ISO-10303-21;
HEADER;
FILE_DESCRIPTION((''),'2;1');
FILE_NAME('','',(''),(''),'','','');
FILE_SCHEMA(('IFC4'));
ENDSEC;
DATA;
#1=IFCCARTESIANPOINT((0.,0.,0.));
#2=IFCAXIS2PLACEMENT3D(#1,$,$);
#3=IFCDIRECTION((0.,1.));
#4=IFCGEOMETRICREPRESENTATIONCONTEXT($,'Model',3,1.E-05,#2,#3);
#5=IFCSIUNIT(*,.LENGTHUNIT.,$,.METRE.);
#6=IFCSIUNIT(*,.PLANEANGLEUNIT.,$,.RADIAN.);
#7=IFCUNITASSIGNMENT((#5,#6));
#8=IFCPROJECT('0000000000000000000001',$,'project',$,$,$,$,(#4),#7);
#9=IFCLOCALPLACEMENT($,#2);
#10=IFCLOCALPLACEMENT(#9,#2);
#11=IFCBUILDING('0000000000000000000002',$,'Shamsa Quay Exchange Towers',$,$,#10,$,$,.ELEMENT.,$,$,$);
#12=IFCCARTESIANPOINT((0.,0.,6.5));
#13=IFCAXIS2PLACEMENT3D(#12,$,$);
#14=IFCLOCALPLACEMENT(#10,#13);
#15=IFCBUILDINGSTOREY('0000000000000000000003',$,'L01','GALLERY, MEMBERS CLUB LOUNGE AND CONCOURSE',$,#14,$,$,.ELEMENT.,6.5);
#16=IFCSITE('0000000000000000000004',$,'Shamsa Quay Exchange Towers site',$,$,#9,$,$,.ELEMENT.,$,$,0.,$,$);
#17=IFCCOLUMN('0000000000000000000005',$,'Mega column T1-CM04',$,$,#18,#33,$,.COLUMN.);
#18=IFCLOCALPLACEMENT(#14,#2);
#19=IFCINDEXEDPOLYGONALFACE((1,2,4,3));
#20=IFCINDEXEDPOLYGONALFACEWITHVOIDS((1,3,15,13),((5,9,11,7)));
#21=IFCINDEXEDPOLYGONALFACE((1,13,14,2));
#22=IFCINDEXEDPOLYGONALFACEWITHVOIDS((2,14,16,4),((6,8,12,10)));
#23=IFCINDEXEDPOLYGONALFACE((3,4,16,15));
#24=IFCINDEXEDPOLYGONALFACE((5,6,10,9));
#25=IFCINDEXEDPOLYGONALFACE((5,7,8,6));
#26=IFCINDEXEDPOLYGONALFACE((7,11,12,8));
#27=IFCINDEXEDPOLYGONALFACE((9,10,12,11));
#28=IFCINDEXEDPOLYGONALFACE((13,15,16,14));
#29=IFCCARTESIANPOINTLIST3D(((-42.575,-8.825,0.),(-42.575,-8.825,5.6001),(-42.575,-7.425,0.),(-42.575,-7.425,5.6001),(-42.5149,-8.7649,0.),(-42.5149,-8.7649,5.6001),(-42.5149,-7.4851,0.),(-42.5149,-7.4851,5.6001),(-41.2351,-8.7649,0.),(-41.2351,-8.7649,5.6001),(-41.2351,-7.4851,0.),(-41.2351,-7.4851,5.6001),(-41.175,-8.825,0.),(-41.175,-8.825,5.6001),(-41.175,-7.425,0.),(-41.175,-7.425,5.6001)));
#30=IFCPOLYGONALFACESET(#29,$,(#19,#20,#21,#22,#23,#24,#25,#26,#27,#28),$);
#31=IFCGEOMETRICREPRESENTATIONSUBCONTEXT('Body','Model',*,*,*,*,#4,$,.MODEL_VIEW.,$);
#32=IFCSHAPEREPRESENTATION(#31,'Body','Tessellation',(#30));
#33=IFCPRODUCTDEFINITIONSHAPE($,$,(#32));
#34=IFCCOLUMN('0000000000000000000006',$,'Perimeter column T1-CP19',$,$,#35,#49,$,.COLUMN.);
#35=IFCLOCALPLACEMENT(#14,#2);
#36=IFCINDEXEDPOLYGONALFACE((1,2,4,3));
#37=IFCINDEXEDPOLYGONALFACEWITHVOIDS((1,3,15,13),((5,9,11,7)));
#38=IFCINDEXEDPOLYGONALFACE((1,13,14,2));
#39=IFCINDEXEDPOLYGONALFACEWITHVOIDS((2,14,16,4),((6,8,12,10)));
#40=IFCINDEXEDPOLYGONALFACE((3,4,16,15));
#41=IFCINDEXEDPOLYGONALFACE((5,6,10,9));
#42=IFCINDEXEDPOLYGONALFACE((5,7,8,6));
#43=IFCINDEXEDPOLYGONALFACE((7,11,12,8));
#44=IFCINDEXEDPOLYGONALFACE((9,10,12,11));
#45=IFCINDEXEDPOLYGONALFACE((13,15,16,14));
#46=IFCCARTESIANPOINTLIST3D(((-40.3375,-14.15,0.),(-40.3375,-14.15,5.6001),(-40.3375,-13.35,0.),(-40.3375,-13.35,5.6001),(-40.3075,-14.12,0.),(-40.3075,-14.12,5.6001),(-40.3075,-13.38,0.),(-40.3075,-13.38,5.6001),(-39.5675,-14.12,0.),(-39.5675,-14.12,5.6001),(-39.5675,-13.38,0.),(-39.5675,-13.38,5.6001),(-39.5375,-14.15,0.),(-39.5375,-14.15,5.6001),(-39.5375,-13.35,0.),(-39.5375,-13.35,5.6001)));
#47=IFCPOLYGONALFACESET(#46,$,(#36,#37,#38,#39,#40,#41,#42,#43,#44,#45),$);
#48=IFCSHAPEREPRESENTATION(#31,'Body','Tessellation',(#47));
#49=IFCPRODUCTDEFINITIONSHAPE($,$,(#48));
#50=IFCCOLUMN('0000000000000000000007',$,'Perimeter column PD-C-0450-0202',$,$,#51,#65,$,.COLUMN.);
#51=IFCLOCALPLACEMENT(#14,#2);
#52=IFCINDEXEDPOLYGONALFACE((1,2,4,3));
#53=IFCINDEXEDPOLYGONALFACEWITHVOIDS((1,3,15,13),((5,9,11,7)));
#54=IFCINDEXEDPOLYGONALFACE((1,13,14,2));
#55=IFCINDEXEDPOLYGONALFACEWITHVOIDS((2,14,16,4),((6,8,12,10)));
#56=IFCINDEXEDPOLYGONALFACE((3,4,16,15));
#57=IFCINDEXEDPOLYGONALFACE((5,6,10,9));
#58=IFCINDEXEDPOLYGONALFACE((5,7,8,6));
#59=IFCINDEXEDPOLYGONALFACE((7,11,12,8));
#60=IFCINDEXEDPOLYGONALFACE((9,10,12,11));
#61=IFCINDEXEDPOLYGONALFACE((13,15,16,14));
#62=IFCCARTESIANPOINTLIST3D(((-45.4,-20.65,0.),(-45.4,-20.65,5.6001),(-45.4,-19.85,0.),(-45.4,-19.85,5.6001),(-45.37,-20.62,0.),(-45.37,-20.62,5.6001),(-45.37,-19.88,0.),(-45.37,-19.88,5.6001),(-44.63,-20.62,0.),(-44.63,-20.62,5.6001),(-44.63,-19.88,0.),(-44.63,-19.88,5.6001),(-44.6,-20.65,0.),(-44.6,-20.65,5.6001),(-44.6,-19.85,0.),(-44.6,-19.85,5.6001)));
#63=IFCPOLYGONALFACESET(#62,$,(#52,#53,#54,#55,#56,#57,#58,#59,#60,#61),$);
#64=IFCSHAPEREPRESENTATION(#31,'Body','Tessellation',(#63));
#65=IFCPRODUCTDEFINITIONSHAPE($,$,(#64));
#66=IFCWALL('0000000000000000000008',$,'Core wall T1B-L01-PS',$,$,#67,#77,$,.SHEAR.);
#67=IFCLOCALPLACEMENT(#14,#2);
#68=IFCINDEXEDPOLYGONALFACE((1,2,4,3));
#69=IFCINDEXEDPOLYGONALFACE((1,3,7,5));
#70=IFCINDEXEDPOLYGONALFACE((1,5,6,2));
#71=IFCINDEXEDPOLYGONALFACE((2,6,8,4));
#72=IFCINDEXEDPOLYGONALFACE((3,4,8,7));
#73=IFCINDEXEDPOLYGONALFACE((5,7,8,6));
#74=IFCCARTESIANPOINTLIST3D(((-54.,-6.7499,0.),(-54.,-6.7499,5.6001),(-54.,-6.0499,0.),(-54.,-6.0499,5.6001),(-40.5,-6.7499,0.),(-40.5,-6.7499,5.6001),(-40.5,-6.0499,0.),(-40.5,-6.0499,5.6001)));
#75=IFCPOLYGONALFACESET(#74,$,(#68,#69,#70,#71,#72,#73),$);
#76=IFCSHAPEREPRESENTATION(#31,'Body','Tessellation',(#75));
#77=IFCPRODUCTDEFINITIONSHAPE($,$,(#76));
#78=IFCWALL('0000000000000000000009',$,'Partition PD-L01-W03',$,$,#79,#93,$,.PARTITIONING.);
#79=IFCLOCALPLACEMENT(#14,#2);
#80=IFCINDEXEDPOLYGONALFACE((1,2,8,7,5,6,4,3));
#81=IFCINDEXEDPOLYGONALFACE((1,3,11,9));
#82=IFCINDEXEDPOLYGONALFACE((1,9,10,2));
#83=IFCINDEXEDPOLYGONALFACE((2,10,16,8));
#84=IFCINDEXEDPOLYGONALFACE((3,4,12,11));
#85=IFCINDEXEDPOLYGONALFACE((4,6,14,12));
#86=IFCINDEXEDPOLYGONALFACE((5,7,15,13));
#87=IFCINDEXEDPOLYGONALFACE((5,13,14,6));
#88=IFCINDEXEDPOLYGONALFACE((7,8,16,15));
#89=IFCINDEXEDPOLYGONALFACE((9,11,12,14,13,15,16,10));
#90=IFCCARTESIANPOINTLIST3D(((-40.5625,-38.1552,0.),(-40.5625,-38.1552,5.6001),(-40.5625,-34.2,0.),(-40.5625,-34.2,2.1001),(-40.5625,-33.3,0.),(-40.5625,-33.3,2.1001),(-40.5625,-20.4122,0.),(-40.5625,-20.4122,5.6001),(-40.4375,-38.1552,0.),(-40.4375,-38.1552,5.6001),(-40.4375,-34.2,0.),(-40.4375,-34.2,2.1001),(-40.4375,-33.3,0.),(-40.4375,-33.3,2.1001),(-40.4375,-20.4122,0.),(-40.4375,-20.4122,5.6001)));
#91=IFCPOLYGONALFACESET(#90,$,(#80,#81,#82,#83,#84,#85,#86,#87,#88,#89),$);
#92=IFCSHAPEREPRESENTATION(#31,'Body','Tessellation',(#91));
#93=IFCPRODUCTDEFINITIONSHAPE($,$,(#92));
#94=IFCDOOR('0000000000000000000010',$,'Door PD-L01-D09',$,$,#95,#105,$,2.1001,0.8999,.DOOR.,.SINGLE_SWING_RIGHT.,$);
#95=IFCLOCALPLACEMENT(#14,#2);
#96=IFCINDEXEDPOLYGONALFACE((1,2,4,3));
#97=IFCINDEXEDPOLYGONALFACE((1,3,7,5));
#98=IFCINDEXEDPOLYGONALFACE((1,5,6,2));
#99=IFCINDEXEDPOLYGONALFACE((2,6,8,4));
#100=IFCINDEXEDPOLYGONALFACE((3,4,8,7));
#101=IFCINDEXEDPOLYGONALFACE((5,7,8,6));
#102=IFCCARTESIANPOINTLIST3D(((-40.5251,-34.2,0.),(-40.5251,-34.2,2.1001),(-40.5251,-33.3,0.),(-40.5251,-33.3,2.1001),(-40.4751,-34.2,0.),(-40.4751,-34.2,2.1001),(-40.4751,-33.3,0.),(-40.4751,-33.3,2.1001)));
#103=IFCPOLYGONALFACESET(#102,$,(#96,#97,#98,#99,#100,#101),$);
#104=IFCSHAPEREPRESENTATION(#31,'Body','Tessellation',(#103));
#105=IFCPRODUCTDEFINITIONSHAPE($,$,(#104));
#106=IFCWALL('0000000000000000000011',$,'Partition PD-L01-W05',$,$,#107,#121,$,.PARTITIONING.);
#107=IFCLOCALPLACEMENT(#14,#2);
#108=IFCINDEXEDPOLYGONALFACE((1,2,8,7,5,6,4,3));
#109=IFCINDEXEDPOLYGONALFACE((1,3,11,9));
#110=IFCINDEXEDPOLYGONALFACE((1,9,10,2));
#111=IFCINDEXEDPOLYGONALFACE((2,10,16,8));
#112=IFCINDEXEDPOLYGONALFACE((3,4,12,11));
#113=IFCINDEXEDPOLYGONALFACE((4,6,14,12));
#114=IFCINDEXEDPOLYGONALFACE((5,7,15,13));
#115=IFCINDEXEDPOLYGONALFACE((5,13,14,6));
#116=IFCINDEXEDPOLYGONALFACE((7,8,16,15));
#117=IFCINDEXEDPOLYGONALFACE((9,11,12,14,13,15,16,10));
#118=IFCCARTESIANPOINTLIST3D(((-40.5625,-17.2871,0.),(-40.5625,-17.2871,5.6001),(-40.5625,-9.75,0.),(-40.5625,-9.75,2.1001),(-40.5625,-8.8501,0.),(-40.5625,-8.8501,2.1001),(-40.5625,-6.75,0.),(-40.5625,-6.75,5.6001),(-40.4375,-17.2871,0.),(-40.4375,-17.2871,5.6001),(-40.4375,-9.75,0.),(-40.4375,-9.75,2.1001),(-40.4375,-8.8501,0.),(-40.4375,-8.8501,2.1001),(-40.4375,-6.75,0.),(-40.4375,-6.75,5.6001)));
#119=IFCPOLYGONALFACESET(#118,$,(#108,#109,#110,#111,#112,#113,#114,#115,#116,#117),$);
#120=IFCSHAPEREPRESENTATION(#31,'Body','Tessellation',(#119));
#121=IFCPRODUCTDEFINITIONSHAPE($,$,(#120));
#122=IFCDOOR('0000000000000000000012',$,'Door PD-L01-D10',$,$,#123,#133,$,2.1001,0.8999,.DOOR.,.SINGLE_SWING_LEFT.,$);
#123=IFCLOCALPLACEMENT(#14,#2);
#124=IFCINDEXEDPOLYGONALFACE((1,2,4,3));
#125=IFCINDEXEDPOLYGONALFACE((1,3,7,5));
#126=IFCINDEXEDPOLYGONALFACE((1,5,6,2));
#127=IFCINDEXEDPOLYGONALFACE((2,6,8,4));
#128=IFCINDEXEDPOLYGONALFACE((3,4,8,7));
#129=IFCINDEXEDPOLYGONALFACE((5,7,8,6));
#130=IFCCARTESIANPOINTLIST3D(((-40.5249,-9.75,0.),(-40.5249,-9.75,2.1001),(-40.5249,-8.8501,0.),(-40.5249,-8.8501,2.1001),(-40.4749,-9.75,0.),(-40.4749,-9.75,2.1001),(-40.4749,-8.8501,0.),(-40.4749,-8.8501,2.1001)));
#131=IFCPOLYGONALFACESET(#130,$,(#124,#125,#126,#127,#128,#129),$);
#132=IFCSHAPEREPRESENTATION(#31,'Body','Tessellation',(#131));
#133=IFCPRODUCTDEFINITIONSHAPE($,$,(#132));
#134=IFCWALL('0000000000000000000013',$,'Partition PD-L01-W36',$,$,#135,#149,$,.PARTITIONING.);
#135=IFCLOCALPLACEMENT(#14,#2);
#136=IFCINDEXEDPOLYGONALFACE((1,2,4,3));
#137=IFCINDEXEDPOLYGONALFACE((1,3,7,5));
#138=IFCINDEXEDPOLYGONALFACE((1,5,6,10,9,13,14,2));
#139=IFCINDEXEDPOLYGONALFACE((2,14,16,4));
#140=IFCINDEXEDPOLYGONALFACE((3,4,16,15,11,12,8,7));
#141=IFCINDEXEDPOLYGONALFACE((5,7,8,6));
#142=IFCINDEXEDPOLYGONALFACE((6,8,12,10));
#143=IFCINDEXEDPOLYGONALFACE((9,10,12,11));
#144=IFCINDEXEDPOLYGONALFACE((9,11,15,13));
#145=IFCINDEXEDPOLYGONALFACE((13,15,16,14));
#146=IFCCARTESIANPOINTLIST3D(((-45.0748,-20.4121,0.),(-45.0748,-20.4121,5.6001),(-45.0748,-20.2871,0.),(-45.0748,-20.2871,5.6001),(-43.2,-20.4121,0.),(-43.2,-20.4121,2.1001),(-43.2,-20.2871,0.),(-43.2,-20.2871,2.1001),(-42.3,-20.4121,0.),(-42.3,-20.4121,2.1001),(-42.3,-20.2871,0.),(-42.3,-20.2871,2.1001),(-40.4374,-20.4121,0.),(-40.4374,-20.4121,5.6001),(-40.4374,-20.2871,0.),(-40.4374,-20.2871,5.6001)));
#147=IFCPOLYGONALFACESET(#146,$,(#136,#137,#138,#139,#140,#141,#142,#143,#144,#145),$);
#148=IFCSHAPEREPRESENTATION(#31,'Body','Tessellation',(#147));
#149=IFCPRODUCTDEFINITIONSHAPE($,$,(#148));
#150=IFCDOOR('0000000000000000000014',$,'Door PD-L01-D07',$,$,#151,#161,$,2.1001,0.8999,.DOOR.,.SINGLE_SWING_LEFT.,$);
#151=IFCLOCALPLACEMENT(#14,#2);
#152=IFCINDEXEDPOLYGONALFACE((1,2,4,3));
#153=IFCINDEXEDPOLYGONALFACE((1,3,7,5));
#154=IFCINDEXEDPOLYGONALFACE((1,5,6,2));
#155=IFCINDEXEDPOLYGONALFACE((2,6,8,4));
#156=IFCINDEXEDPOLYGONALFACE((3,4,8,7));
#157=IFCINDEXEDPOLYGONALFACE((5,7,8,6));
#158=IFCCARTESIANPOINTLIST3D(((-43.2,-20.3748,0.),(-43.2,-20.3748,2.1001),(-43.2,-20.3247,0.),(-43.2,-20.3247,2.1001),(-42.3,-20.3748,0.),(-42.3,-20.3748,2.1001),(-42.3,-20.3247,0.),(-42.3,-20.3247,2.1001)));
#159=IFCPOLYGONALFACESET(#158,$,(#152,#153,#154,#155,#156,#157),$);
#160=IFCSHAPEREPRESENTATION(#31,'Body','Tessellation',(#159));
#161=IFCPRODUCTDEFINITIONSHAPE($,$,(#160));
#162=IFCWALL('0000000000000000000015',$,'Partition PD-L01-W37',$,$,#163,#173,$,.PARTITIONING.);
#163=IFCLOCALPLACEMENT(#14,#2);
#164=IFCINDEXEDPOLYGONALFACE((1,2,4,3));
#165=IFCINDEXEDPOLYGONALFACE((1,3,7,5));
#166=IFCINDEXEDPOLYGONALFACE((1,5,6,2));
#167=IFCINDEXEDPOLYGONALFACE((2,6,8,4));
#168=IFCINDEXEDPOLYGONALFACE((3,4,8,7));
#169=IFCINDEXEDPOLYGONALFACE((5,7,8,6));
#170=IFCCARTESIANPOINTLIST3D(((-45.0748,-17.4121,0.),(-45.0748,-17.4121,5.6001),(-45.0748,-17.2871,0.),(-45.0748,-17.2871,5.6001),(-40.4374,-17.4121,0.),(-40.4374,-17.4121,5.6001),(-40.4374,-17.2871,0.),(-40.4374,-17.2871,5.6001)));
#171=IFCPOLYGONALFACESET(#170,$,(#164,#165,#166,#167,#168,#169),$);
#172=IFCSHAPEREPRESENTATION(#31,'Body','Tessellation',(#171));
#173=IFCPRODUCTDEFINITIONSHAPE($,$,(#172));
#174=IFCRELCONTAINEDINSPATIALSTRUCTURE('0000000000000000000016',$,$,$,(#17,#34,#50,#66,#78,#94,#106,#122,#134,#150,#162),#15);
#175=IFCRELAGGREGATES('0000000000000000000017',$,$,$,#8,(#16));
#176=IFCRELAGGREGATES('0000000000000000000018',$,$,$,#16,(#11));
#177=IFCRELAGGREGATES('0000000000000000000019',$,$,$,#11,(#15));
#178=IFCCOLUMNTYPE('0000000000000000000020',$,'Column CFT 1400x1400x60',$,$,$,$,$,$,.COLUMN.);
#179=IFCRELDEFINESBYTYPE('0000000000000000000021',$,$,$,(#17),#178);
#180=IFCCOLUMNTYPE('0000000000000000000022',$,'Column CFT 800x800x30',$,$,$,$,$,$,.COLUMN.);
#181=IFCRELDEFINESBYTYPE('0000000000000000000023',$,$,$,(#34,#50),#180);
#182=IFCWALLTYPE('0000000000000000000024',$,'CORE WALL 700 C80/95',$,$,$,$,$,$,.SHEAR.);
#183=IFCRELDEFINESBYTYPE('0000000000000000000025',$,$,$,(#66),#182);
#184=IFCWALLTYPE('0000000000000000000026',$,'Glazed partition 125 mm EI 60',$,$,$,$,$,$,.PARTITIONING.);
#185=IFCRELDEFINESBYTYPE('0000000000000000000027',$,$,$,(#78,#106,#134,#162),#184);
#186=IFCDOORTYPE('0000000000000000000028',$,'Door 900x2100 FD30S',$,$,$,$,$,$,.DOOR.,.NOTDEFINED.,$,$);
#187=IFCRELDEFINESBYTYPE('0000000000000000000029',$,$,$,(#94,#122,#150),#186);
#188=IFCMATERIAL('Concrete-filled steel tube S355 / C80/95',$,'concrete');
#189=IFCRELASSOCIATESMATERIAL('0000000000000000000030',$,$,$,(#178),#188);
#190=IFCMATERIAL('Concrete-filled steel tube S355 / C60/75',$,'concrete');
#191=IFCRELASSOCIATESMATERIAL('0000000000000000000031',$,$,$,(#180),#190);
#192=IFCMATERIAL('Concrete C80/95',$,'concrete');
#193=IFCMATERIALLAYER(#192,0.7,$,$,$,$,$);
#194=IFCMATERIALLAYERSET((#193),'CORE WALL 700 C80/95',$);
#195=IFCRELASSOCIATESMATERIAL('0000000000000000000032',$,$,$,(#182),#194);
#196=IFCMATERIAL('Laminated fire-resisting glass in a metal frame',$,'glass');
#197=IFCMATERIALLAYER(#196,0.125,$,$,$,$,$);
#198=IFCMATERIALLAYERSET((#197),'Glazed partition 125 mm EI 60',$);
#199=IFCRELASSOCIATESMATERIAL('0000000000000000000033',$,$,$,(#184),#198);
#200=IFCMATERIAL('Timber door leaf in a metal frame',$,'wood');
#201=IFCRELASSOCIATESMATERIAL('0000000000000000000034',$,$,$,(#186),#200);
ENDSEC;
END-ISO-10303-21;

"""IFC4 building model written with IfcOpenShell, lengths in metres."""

from ifc_helpers import new_model, si_unit, direction, frame, frame_2d, origin, origin_2d, place, context, subcontext, project, spatial, rectangle, hollow_rectangle, extrude, material, layer, layer_set, material_profile, profile_set, type_object, element, fill, save


model = new_model("IFC4")

# Units and contexts
model_context = context("Model", 3, precision=1e-05, world=origin(), true_north=direction((0.0, 1.0)))
body_context = subcontext(model_context, "Body", "Model", "MODEL_VIEW")
ifc_project = project(units=[si_unit("LENGTHUNIT", "METRE"), si_unit("PLANEANGLEUNIT", "RADIAN")], contexts=[model_context])

# Site, building, storey
site_placement = place(None, origin())
site = spatial("IfcSite", under=ifc_project, at=site_placement, Name="Shamsa Quay Exchange Towers site", CompositionType="ELEMENT", RefElevation=0.0)
building_placement = place(site_placement, origin())
building = spatial("IfcBuilding", under=site, at=building_placement, Name="Shamsa Quay Exchange Towers", CompositionType="ELEMENT")
storey_placement = place(building_placement, frame((0.0, 0.0, 6.5)))
storey = spatial("IfcBuildingStorey", under=building, at=storey_placement, Name="L01", Description="GALLERY, MEMBERS CLUB LOUNGE AND CONCOURSE", CompositionType="ELEMENT", Elevation=6.5)

# Columns
ifc_material_1 = material(Name="Concrete-filled steel tube S355 / C80/95", Category="concrete")
ifc_material_profile_1 = material_profile(ifc_material_1, hollow_rectangle(XDim=1.3999, YDim=1.3999, WallThickness=0.0601, at=origin_2d()), Name="CFT 1400x1400x60")
ifc_profile_set_1 = profile_set([ifc_material_profile_1], Name="Concrete-filled steel tube S355 / C80/95")
column_type_1 = type_object("IfcColumnType", Name="Column CFT 1400x1400x60", PredefinedType="COLUMN", material=ifc_profile_set_1)
column_placement = place(storey_placement, frame((-41.875, -8.125, 0.0)))
element("IfcColumn", 1, at=column_placement, inside=storey, type_object=column_type_1, Name="Mega column T1-CM04", PredefinedType="COLUMN", context=body_context, shape_type="SweptSolid", body=[
    extrude(hollow_rectangle(XDim=1.3999, YDim=1.3999, WallThickness=0.0601, at=origin_2d()), origin(), (0.0, 0.0, 1.0), 5.6001),
])
ifc_material_2 = material(Name="Concrete-filled steel tube S355 / C60/75", Category="concrete")
ifc_material_profile_2 = material_profile(ifc_material_2, hollow_rectangle(XDim=0.8, YDim=0.8, WallThickness=0.03, at=origin_2d()), Name="CFT 800x800x30")
ifc_profile_set_2 = profile_set([ifc_material_profile_2], Name="Concrete-filled steel tube S355 / C60/75")
column_type_2 = type_object("IfcColumnType", Name="Column CFT 800x800x30", PredefinedType="COLUMN", material=ifc_profile_set_2)
for number, where, name in (
    (2, (-39.9375, -13.75, 0.0), "Perimeter column T1-CP19"),
    (3, (-45.0, -20.25, 0.0), "Perimeter column PD-C-0450-0202"),
):
    element("IfcColumn", number, at=place(storey_placement, frame(where)), inside=storey, type_object=column_type_2, Name=name, PredefinedType="COLUMN", context=body_context, shape_type="SweptSolid", body=[
        extrude(hollow_rectangle(XDim=0.8, YDim=0.8, WallThickness=0.03, at=origin_2d()), origin(), (0.0, 0.0, 1.0), 5.6001),
    ])

# Wall
ifc_material_3 = material(Name="Concrete C80/95", Category="concrete")
ifc_layer_1 = layer(ifc_material_3, 0.7)
ifc_layer_set_1 = layer_set([ifc_layer_1], Name="CORE WALL 700 C80/95")
wall_type_1 = type_object("IfcWallType", Name="CORE WALL 700 C80/95", PredefinedType="SHEAR", material=ifc_layer_set_1)
wall_1_placement = place(storey_placement, frame((-40.5, -6.3999, 0.0), z_axis=(0.0, 0.0, 1.0), x_axis=(-1.0, 0.0, 0.0)))
element("IfcWall", 4, at=wall_1_placement, inside=storey, type_object=wall_type_1, Name="Core wall T1B-L01-PS", PredefinedType="SHEAR", context=body_context, shape_type="SweptSolid", body=[
    extrude(rectangle(XDim=13.5, YDim=0.7, at=frame_2d((6.75, 0.0))), origin(), (0.0, 0.0, 1.0), 5.6001),
])

# Walls, openings, doors
ifc_material_4 = material(Name="Laminated fire-resisting glass in a metal frame", Category="glass")
ifc_layer_2 = layer(ifc_material_4, 0.125)
ifc_layer_set_2 = layer_set([ifc_layer_2], Name="Glazed partition 125 mm EI 60")
wall_type_2 = type_object("IfcWallType", Name="Glazed partition 125 mm EI 60", PredefinedType="PARTITIONING", material=ifc_layer_set_2)
wall_2_placement = place(storey_placement, frame((-40.5, -20.4121, 0.0), z_axis=(0.0, 0.0, 1.0), x_axis=(0.0, -1.0, 0.0)))
wall_2 = element("IfcWall", 5, at=wall_2_placement, inside=storey, type_object=wall_type_2, Name="Partition PD-L01-W03", PredefinedType="PARTITIONING", context=body_context, shape_type="SweptSolid", body=[
    extrude(rectangle(XDim=17.7429, YDim=0.125, at=frame_2d((8.8716, 0.0))), origin(), (0.0, 0.0, 1.0), 5.6001),
])
opening_1_placement = place(wall_2_placement, frame((12.8879, 0.0, 0.0)))
opening_1 = element("IfcOpeningElement", 6, at=opening_1_placement, cuts=wall_2, PredefinedType="OPENING", context=body_context, shape_type="SweptSolid", body=[
    extrude(rectangle(XDim=0.8999, YDim=2.1001, at=frame_2d((0.45, 1.05))), frame((0.0, 0.0725, 0.0), z_axis=(0.0, -1.0, 0.0), x_axis=(1.0, 0.0, 0.0)), (0.0, 0.0, 1.0), 0.145),
])
ifc_material_5 = material(Name="Timber door leaf in a metal frame", Category="wood")
door_type_1 = type_object("IfcDoorType", Name="Door 900x2100 FD30S", OperationType="NOTDEFINED", PredefinedType="DOOR", material=ifc_material_5)
door_1_placement = place(opening_1_placement, origin())
door_1 = element("IfcDoor", 7, at=door_1_placement, inside=storey, type_object=door_type_1, Name="Door PD-L01-D09", OperationType="SINGLE_SWING_RIGHT", OverallHeight=2.1001, OverallWidth=0.8999, PredefinedType="DOOR", context=body_context, shape_type="SweptSolid", body=[
    extrude(rectangle(XDim=0.8999, YDim=2.1001, at=frame_2d((0.45, 1.05))), frame((0.0, 0.0249, 0.0), z_axis=(0.0, -1.0, 0.0), x_axis=(1.0, 0.0, 0.0)), (0.0, 0.0, 1.0), 0.05),
])
fill(opening_1, door_1)
wall_3_placement = place(storey_placement, frame((-40.5, -17.2871, 0.0), z_axis=(0.0, 0.0, 1.0), x_axis=(0.0, 1.0, 0.0)))
wall_3 = element("IfcWall", 8, at=wall_3_placement, inside=storey, type_object=wall_type_2, Name="Partition PD-L01-W05", PredefinedType="PARTITIONING", context=body_context, shape_type="SweptSolid", body=[
    extrude(rectangle(XDim=10.5371, YDim=0.125, at=frame_2d((5.2686, 0.0))), origin(), (0.0, 0.0, 1.0), 5.6001),
])
opening_2_placement = place(wall_3_placement, frame((7.5371, 0.0, 0.0)))
opening_2 = element("IfcOpeningElement", 9, at=opening_2_placement, cuts=wall_3, PredefinedType="OPENING", context=body_context, shape_type="SweptSolid", body=[
    extrude(rectangle(XDim=0.8999, YDim=2.1001, at=frame_2d((0.45, 1.05))), frame((0.0, 0.0725, 0.0), z_axis=(0.0, -1.0, 0.0), x_axis=(1.0, 0.0, 0.0)), (0.0, 0.0, 1.0), 0.145),
])
door_2_placement = place(opening_2_placement, origin())
door_2 = element("IfcDoor", 10, at=door_2_placement, inside=storey, type_object=door_type_1, Name="Door PD-L01-D10", OperationType="SINGLE_SWING_LEFT", OverallHeight=2.1001, OverallWidth=0.8999, PredefinedType="DOOR", context=body_context, shape_type="SweptSolid", body=[
    extrude(rectangle(XDim=0.8999, YDim=2.1001, at=frame_2d((0.45, 1.05))), frame((0.0, 0.0249, 0.0), z_axis=(0.0, -1.0, 0.0), x_axis=(1.0, 0.0, 0.0)), (0.0, 0.0, 1.0), 0.05),
])
fill(opening_2, door_2)
wall_4_placement = place(storey_placement, frame((-45.075, -20.3496, 0.0)))
wall_4 = element("IfcWall", 11, at=wall_4_placement, inside=storey, type_object=wall_type_2, Name="Partition PD-L01-W36", PredefinedType="PARTITIONING", context=body_context, shape_type="SweptSolid", body=[
    extrude(rectangle(XDim=4.6375, YDim=0.125, at=frame_2d((2.3188, 0.0))), origin(), (0.0, 0.0, 1.0), 5.6001),
])
opening_3_placement = place(wall_4_placement, frame((1.875, 0.0, 0.0)))
opening_3 = element("IfcOpeningElement", 12, at=opening_3_placement, cuts=wall_4, PredefinedType="OPENING", context=body_context, shape_type="SweptSolid", body=[
    extrude(rectangle(XDim=0.8999, YDim=2.1001, at=frame_2d((0.45, 1.05))), frame((0.0, 0.0725, 0.0), z_axis=(0.0, -1.0, 0.0), x_axis=(1.0, 0.0, 0.0)), (0.0, 0.0, 1.0), 0.145),
])
door_3_placement = place(opening_3_placement, origin())
door_3 = element("IfcDoor", 13, at=door_3_placement, inside=storey, type_object=door_type_1, Name="Door PD-L01-D07", OperationType="SINGLE_SWING_LEFT", OverallHeight=2.1001, OverallWidth=0.8999, PredefinedType="DOOR", context=body_context, shape_type="SweptSolid", body=[
    extrude(rectangle(XDim=0.8999, YDim=2.1001, at=frame_2d((0.45, 1.05))), frame((0.0, 0.0249, 0.0), z_axis=(0.0, -1.0, 0.0), x_axis=(1.0, 0.0, 0.0)), (0.0, 0.0, 1.0), 0.05),
])
fill(opening_3, door_3)

# Wall
wall_5_placement = place(storey_placement, frame((-45.075, -17.3496, 0.0)))
element("IfcWall", 14, at=wall_5_placement, inside=storey, type_object=wall_type_2, Name="Partition PD-L01-W37", PredefinedType="PARTITIONING", context=body_context, shape_type="SweptSolid", body=[
    extrude(rectangle(XDim=4.6375, YDim=0.125, at=frame_2d((2.3188, 0.0))), origin(), (0.0, 0.0, 1.0), 5.6001),
])

save(model, "model.ifc")
